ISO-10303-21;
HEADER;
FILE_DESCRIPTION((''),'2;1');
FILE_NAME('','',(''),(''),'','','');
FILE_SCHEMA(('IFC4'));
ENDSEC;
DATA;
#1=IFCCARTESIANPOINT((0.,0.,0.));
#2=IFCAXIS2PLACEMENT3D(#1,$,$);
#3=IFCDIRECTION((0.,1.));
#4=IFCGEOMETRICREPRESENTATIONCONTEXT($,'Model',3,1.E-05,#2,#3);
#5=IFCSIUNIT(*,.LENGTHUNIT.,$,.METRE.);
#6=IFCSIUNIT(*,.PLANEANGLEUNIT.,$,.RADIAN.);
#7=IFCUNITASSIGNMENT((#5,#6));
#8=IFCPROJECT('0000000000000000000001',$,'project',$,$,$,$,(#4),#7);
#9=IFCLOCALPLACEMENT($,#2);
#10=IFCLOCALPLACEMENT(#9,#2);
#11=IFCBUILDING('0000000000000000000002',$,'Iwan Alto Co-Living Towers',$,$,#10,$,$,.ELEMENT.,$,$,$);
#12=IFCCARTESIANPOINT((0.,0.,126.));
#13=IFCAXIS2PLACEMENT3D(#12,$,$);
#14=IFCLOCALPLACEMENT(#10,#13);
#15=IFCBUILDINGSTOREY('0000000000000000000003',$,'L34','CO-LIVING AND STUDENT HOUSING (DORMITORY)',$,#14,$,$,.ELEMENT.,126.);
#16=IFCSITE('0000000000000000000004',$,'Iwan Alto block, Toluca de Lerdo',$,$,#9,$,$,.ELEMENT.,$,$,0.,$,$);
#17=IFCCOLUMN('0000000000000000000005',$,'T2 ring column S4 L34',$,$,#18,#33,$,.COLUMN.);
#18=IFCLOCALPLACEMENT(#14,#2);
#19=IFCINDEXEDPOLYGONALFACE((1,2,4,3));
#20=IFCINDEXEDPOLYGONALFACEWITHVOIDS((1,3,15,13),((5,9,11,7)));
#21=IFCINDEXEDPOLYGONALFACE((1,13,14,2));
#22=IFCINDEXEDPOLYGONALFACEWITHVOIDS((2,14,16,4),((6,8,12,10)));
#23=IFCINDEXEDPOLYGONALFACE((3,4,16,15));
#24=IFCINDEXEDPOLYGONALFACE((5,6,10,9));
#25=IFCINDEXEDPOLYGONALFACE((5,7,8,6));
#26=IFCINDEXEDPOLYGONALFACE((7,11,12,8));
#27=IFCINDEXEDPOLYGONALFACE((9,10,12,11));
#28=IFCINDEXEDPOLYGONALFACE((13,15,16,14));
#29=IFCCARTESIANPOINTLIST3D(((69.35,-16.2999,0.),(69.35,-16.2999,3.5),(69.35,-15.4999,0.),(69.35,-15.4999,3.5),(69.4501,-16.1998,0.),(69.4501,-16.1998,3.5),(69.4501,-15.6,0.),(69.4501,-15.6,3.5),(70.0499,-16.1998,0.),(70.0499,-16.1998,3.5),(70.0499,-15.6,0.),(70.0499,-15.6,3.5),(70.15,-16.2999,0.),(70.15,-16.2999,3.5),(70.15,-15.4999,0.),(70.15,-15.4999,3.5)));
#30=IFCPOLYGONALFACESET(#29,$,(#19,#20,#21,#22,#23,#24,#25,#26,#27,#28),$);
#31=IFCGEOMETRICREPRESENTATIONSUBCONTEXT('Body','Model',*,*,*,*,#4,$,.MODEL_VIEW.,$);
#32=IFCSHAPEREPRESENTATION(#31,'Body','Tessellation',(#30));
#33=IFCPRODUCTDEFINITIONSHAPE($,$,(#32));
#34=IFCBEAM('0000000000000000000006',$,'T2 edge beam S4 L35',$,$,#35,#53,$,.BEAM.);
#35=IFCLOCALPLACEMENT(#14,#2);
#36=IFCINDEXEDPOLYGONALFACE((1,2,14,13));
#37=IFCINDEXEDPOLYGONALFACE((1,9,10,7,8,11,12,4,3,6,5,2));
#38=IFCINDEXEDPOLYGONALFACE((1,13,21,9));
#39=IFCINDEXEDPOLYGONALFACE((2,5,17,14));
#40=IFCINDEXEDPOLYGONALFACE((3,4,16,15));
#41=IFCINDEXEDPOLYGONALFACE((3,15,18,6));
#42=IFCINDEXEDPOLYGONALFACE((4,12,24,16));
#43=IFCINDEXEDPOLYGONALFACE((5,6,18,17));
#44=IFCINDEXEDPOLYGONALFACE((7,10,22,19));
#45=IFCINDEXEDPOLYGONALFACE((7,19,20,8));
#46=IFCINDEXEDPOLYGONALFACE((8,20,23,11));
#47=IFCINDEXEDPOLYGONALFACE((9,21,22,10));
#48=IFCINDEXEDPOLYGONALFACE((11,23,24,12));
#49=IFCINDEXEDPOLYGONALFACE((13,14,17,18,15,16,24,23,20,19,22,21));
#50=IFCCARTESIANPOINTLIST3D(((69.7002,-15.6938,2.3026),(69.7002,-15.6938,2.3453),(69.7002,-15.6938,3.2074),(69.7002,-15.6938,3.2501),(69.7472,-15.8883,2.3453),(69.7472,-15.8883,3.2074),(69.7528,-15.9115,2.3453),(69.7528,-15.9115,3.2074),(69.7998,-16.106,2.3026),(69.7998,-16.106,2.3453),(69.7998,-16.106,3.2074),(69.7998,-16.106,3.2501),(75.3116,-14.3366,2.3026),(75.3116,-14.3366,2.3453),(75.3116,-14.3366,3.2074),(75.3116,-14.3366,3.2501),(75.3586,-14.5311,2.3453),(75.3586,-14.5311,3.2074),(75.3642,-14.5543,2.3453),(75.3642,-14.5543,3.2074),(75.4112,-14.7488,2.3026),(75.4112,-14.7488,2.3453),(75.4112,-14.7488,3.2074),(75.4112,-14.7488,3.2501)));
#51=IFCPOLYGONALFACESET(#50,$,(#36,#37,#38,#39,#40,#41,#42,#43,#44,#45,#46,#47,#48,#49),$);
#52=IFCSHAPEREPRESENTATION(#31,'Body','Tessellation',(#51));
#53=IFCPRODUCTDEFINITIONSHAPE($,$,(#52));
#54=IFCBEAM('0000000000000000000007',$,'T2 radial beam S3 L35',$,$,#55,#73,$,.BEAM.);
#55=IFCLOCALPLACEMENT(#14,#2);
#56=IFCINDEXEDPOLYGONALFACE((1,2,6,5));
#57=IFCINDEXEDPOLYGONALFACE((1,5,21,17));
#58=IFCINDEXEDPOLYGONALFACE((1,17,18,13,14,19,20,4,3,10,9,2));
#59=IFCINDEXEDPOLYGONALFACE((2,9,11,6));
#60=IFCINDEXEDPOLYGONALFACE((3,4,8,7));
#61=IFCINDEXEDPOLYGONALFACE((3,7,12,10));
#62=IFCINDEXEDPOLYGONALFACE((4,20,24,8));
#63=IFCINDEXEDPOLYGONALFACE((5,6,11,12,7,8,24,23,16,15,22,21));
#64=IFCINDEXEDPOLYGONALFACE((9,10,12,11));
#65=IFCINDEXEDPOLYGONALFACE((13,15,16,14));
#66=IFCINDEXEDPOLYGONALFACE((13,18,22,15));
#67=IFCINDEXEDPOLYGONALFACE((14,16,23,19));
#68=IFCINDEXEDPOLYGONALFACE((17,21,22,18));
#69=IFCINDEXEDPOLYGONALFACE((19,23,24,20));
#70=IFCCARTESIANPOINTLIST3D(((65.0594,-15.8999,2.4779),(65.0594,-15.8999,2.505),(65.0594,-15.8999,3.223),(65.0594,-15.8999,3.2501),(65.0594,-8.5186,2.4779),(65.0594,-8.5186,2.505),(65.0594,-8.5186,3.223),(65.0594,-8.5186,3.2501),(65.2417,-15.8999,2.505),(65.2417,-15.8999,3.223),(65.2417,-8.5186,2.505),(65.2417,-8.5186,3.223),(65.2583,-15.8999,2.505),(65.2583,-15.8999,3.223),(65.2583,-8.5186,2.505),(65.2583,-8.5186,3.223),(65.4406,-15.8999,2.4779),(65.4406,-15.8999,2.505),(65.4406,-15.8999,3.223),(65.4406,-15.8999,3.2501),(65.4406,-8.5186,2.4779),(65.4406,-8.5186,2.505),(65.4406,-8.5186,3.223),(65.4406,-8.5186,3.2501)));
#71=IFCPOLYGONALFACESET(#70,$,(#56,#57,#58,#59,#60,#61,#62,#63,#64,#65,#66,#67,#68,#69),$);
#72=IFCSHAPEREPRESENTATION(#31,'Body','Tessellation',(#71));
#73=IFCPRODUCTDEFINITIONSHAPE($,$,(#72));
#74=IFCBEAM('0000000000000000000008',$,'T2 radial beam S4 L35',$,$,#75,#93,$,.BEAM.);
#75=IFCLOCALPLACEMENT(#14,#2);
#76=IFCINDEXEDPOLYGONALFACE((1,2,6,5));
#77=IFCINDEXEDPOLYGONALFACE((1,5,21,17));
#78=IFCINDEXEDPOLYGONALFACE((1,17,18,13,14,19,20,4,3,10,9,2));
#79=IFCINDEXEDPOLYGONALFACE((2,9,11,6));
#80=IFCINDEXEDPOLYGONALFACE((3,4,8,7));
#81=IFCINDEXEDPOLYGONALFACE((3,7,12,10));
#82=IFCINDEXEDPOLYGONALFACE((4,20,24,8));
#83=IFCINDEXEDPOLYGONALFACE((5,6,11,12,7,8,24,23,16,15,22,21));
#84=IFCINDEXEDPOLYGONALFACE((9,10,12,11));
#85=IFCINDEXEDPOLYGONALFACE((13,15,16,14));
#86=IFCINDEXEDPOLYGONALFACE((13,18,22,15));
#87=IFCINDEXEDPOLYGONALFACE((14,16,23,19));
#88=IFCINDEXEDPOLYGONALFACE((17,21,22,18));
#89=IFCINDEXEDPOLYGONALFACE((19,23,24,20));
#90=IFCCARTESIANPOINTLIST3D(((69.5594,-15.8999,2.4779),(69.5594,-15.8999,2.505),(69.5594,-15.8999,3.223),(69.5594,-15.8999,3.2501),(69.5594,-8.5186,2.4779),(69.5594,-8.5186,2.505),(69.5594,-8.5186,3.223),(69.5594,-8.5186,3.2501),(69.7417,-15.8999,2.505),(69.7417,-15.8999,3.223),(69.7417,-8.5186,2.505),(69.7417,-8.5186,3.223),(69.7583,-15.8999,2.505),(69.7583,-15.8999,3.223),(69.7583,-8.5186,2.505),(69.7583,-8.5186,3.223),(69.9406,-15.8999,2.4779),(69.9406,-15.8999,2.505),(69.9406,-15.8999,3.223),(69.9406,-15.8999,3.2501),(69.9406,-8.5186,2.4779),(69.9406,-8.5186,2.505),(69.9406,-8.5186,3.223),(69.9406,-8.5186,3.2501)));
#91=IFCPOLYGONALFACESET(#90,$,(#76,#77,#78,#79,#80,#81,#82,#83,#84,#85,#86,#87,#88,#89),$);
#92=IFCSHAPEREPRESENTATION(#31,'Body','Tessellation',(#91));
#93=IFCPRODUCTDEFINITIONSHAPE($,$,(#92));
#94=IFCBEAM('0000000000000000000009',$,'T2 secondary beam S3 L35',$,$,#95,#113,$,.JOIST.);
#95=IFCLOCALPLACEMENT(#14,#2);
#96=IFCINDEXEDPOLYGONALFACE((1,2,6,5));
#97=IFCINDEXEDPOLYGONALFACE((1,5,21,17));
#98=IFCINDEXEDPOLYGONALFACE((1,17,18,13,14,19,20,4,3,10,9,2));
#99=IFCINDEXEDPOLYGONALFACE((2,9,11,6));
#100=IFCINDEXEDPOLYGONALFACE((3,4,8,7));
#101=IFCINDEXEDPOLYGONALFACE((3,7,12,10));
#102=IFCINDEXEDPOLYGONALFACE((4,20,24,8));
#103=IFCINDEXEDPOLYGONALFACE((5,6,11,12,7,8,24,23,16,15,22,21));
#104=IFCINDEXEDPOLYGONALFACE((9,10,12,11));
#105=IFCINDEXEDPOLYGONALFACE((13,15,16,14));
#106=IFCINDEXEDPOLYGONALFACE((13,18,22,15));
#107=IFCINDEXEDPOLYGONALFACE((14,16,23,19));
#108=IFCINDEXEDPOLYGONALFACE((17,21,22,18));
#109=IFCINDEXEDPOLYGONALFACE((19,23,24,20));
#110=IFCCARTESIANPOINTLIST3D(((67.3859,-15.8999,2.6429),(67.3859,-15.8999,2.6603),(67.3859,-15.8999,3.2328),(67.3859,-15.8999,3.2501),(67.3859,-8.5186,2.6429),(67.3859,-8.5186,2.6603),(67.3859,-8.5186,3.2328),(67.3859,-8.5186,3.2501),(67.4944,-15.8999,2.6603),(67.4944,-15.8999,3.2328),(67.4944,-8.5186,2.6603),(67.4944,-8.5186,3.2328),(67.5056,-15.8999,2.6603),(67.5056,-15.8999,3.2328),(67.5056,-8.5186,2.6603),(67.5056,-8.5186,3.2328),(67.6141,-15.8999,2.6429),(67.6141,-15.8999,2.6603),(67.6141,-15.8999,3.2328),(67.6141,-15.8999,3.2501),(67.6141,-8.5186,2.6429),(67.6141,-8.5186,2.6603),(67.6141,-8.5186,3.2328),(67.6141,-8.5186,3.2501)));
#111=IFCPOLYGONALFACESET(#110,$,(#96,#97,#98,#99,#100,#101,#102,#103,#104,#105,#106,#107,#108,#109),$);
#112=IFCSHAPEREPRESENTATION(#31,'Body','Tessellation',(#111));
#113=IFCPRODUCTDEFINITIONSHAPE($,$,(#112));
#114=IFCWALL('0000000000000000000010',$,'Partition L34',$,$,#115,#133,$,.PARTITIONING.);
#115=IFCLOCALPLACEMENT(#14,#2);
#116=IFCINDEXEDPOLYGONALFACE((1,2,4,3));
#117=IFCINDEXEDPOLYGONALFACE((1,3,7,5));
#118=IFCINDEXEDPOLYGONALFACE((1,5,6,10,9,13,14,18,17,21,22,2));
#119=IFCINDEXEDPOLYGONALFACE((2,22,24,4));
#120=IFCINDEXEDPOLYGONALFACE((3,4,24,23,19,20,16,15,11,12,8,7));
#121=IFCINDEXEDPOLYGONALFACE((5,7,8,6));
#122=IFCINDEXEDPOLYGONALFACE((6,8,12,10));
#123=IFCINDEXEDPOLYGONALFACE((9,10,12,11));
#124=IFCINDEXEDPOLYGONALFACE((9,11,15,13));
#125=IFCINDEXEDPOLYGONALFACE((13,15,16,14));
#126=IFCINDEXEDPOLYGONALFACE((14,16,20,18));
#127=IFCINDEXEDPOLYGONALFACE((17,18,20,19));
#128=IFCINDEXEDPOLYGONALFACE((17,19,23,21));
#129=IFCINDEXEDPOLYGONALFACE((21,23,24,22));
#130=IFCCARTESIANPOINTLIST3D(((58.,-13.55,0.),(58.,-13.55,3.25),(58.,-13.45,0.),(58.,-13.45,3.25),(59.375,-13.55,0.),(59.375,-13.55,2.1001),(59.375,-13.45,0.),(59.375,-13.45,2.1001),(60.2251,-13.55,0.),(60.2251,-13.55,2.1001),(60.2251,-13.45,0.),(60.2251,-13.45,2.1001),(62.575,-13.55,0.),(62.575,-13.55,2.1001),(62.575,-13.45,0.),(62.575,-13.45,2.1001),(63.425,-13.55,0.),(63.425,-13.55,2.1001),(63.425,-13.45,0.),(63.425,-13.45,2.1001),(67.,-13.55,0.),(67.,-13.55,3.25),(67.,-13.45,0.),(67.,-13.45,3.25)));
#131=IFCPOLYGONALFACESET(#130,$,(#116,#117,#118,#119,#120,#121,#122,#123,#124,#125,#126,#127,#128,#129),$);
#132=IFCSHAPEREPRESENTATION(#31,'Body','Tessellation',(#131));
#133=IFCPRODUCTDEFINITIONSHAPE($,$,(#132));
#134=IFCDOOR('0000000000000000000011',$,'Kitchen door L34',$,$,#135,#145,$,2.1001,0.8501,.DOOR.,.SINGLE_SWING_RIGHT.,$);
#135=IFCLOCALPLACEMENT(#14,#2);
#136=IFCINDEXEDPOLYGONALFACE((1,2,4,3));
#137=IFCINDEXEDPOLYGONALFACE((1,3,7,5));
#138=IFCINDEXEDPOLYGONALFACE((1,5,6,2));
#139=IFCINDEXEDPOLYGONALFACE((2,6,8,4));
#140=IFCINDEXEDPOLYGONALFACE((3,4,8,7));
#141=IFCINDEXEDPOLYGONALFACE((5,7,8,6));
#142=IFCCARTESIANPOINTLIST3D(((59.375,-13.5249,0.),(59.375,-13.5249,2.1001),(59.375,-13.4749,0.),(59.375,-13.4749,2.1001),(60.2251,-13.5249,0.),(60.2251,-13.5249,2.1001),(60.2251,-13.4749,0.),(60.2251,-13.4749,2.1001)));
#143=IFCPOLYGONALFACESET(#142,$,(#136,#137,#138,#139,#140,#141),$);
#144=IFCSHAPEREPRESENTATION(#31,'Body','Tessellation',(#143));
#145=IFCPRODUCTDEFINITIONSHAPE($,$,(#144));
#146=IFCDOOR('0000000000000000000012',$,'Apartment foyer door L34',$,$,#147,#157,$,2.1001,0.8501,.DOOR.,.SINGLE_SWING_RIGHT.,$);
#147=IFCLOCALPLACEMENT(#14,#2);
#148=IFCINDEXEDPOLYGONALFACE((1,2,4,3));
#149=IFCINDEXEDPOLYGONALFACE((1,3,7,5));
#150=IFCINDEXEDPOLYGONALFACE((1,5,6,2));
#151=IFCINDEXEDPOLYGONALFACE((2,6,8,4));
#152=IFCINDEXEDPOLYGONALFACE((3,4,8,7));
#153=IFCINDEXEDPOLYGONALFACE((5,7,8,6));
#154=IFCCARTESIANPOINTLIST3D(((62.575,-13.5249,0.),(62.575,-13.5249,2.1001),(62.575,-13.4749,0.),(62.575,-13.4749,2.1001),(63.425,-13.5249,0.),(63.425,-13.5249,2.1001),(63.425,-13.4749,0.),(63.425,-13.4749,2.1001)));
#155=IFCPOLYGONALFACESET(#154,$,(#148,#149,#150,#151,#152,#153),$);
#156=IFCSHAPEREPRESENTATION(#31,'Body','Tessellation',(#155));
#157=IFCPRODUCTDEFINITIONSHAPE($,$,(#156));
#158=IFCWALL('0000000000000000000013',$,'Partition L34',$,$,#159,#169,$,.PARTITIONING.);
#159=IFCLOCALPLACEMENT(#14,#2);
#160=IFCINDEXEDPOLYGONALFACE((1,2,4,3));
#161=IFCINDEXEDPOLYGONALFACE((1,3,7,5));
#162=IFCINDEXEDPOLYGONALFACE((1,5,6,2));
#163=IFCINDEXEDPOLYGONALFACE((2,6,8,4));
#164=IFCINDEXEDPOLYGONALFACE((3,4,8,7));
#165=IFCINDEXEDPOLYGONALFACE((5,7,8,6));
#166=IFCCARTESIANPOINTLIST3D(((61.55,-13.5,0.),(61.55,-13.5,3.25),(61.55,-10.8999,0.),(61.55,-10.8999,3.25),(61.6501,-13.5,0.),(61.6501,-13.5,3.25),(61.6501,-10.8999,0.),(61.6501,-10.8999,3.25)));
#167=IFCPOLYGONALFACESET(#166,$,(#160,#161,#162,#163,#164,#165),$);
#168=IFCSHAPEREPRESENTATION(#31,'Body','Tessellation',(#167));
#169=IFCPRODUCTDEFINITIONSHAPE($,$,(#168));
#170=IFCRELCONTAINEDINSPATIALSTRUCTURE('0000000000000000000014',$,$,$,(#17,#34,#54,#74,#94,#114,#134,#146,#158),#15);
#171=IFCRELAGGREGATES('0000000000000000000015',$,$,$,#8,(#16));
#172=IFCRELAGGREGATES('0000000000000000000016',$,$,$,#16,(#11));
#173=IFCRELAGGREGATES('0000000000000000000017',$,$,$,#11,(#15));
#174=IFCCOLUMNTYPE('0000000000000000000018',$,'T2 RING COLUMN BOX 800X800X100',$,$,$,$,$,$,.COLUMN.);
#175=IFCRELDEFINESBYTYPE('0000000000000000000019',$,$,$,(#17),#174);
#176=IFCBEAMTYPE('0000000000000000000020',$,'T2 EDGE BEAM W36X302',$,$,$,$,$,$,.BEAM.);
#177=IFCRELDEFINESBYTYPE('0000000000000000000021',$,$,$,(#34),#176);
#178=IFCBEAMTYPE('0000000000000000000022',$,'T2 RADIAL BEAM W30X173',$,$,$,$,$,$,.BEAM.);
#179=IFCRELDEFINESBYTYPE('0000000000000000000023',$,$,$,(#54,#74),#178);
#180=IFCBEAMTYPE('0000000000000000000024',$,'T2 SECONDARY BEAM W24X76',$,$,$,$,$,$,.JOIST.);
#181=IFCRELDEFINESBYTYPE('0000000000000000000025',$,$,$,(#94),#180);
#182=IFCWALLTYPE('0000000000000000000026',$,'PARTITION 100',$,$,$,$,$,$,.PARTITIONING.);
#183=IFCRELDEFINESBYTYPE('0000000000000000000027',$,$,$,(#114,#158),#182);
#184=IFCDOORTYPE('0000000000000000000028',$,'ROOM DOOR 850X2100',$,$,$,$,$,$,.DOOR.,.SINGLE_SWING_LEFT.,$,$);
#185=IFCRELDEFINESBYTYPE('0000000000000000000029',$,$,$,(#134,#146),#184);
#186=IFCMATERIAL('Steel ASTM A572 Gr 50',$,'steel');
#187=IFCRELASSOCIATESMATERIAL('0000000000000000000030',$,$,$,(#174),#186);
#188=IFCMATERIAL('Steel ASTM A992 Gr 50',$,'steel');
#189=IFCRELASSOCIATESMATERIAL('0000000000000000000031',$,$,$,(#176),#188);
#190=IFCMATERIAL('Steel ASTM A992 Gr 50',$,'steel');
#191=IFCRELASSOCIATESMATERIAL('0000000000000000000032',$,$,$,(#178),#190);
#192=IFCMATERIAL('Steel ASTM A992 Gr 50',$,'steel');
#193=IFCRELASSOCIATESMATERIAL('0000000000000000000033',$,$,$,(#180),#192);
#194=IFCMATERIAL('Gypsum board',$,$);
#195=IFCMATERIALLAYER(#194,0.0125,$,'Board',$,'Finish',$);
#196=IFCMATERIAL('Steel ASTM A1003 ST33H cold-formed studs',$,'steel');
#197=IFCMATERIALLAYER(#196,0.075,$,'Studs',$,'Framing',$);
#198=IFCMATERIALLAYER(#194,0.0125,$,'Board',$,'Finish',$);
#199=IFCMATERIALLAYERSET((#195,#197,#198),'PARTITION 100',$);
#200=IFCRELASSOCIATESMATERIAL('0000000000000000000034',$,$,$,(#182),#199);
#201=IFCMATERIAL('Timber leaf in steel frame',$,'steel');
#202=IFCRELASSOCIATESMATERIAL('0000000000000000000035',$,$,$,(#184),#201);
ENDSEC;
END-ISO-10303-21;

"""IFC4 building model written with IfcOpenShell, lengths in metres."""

from ifc_helpers import new_model, si_unit, direction, frame, frame_2d, origin, origin_2d, place, context, subcontext, project, spatial, rectangle, hollow_rectangle, i_section, extrude, material, layer, layer_set, material_profile, profile_set, type_object, element, fill, save


model = new_model("IFC4")

# Units and contexts
model_context = context("Model", 3, precision=1e-05, world=origin(), true_north=direction((0.0, 1.0)))
body_context = subcontext(model_context, "Body", "Model", "MODEL_VIEW")
ifc_project = project(units=[si_unit("LENGTHUNIT", "METRE"), si_unit("PLANEANGLEUNIT", "RADIAN")], contexts=[model_context])

# Site, building, storey
site_placement = place(None, origin())
site = spatial("IfcSite", under=ifc_project, at=site_placement, Name="Iwan Alto block, Toluca de Lerdo", CompositionType="ELEMENT", RefElevation=0.0)
building_placement = place(site_placement, origin())
building = spatial("IfcBuilding", under=site, at=building_placement, Name="Iwan Alto Co-Living Towers", CompositionType="ELEMENT")
storey_placement = place(building_placement, frame((0.0, 0.0, 126.0)))
storey = spatial("IfcBuildingStorey", under=building, at=storey_placement, Name="L34", Description="CO-LIVING AND STUDENT HOUSING (DORMITORY)", CompositionType="ELEMENT", Elevation=126.0)

# Column
ifc_material_1 = material(Name="Steel ASTM A572 Gr 50", Category="steel")
ifc_material_profile_1 = material_profile(ifc_material_1, hollow_rectangle(XDim=0.8, YDim=0.8, WallThickness=0.1001, at=origin_2d()), Name="BOX 800X800X100")
ifc_profile_set_1 = profile_set([ifc_material_profile_1], Name="Steel ASTM A572 Gr 50")
column_type = type_object("IfcColumnType", Name="T2 RING COLUMN BOX 800X800X100", PredefinedType="COLUMN", material=ifc_profile_set_1)
column_placement = place(storey_placement, frame((69.75, -15.8999, 0.0), z_axis=(0.0, 0.0, 1.0), x_axis=(1.0, 0.0, 0.0)))
element("IfcColumn", 1, at=column_placement, inside=storey, type_object=column_type, Name="T2 ring column S4 L34", PredefinedType="COLUMN", context=body_context, shape_type="SweptSolid", body=[
    extrude(hollow_rectangle(XDim=0.8, YDim=0.8, WallThickness=0.1001, at=origin_2d()), origin(), (0.0, 0.0, 1.0), 3.5),
])

# Beams
ifc_material_2 = material(Name="Steel ASTM A992 Gr 50", Category="steel")
ifc_material_profile_2 = material_profile(ifc_material_2, i_section(OverallWidth=0.4241, OverallDepth=0.9475, WebThickness=0.0239, FlangeThickness=0.0427, at=origin_2d()), Name="W36X302")
ifc_profile_set_2 = profile_set([ifc_material_profile_2], Name="Steel ASTM A992 Gr 50")
beam_type_1 = type_object("IfcBeamType", Name="T2 EDGE BEAM W36X302", PredefinedType="BEAM", material=ifc_profile_set_2)
beam_1_placement = place(storey_placement, frame((69.75, -15.8999, 2.7764), z_axis=(0.971975, 0.235086, 0.0), x_axis=(-0.235086, 0.971975, 0.0)))
element("IfcBeam", 2, at=beam_1_placement, inside=storey, type_object=beam_type_1, Name="T2 edge beam S4 L35", PredefinedType="BEAM", context=body_context, shape_type="SweptSolid", body=[
    extrude(i_section(OverallWidth=0.4241, OverallDepth=0.9475, WebThickness=0.0239, FlangeThickness=0.0427, at=origin_2d()), origin(), (0.0, 0.0, 1.0), 5.7732),
])
ifc_material_3 = material(Name="Steel ASTM A992 Gr 50", Category="steel")
ifc_material_profile_3 = material_profile(ifc_material_3, i_section(OverallWidth=0.3811, OverallDepth=0.7722, WebThickness=0.0166, FlangeThickness=0.0271, at=origin_2d()), Name="W30X173")
ifc_profile_set_3 = profile_set([ifc_material_profile_3], Name="Steel ASTM A992 Gr 50")
beam_type_2 = type_object("IfcBeamType", Name="T2 RADIAL BEAM W30X173", PredefinedType="BEAM", material=ifc_profile_set_3)
for number, where, z_axis, x_axis, name in (
    (3, (65.25, -15.8999, 2.864), (0.0, 1.0, 0.0), (-1.0, 0.0, 0.0), "T2 radial beam S3 L35"),
    (4, (69.75, -15.8999, 2.864), (0.0, 1.0, 0.0), (-1.0, 0.0, 0.0), "T2 radial beam S4 L35"),
):
    element("IfcBeam", number, at=place(storey_placement, frame(where, z_axis=z_axis, x_axis=x_axis)), inside=storey, type_object=beam_type_2, Name=name, PredefinedType="BEAM", context=body_context, shape_type="SweptSolid", body=[
        extrude(i_section(OverallWidth=0.3811, OverallDepth=0.7722, WebThickness=0.0166, FlangeThickness=0.0271, at=origin_2d()), origin(), (0.0, 0.0, 1.0), 7.3813),
    ])
ifc_material_4 = material(Name="Steel ASTM A992 Gr 50", Category="steel")
ifc_material_profile_4 = material_profile(ifc_material_4, i_section(OverallWidth=0.2283, OverallDepth=0.6072, WebThickness=0.0112, FlangeThickness=0.0173, at=origin_2d()), Name="W24X76")
ifc_profile_set_4 = profile_set([ifc_material_profile_4], Name="Steel ASTM A992 Gr 50")
beam_type_3 = type_object("IfcBeamType", Name="T2 SECONDARY BEAM W24X76", PredefinedType="JOIST", material=ifc_profile_set_4)
beam_2_placement = place(storey_placement, frame((67.5, -15.8999, 2.9465), z_axis=(0.0, 1.0, 0.0), x_axis=(-1.0, 0.0, 0.0)))
element("IfcBeam", 5, at=beam_2_placement, inside=storey, type_object=beam_type_3, Name="T2 secondary beam S3 L35", PredefinedType="JOIST", context=body_context, shape_type="SweptSolid", body=[
    extrude(i_section(OverallWidth=0.2283, OverallDepth=0.6072, WebThickness=0.0112, FlangeThickness=0.0173, at=origin_2d()), origin(), (0.0, 0.0, 1.0), 7.3813),
])

# Wall, openings, doors
ifc_material_5 = material(Name="Gypsum board")
ifc_layer_1 = layer(ifc_material_5, 0.0125, Name="Board", Category="Finish")
ifc_material_6 = material(Name="Steel ASTM A1003 ST33H cold-formed studs", Category="steel")
ifc_layer_2 = layer(ifc_material_6, 0.075, Name="Studs", Category="Framing")
ifc_layer_3 = layer(ifc_material_5, 0.0125, Name="Board", Category="Finish")
ifc_layer_set_1 = layer_set([ifc_layer_1, ifc_layer_2, ifc_layer_3], Name="PARTITION 100")
wall_type_1 = type_object("IfcWallType", Name="PARTITION 100", PredefinedType="PARTITIONING", material=ifc_layer_set_1)
wall_1_placement = place(storey_placement, frame((58.0, -13.5, 0.0), z_axis=(0.0, 0.0, 1.0), x_axis=(1.0, 0.0, 0.0)))
wall_1 = element("IfcWall", 6, at=wall_1_placement, inside=storey, type_object=wall_type_1, Name="Partition L34", PredefinedType="PARTITIONING", context=body_context, shape_type="SweptSolid", body=[
    extrude(rectangle(XDim=9.0, YDim=0.1001, at=frame_2d((4.5, 0.0))), origin(), (0.0, 0.0, 1.0), 3.25),
])
opening_1_placement = place(wall_1_placement, frame((1.375, 0.0, 0.0)))
opening_1 = element("IfcOpeningElement", 7, at=opening_1_placement, cuts=wall_1, PredefinedType="OPENING", context=body_context, shape_type="SweptSolid", body=[
    extrude(rectangle(XDim=0.8501, YDim=2.1001, at=frame_2d((0.425, 1.05))), frame((0.0, 0.0601, 0.0), z_axis=(0.0, -1.0, 0.0), x_axis=(1.0, 0.0, 0.0)), (0.0, 0.0, 1.0), 0.1201),
])
opening_2_placement = place(wall_1_placement, frame((4.575, 0.0, 0.0)))
opening_2 = element("IfcOpeningElement", 8, at=opening_2_placement, cuts=wall_1, PredefinedType="OPENING", context=body_context, shape_type="SweptSolid", body=[
    extrude(rectangle(XDim=0.8501, YDim=2.1001, at=frame_2d((0.425, 1.05))), frame((0.0, 0.0601, 0.0), z_axis=(0.0, -1.0, 0.0), x_axis=(1.0, 0.0, 0.0)), (0.0, 0.0, 1.0), 0.1201),
])
ifc_material_7 = material(Name="Timber leaf in steel frame", Category="steel")
door_type_1 = type_object("IfcDoorType", Name="ROOM DOOR 850X2100", OperationType="SINGLE_SWING_LEFT", PredefinedType="DOOR", material=ifc_material_7)
door_1_placement = place(opening_1_placement, frame((0.8501, 0.0, 0.0), z_axis=(0.0, 0.0, 1.0), x_axis=(-1.0, 0.0, 0.0)))
door_1 = element("IfcDoor", 9, at=door_1_placement, inside=storey, type_object=door_type_1, Name="Kitchen door L34", OperationType="SINGLE_SWING_RIGHT", OverallHeight=2.1001, OverallWidth=0.8501, PredefinedType="DOOR", context=body_context, shape_type="SweptSolid", body=[
    extrude(rectangle(XDim=0.8501, YDim=2.1001, at=frame_2d((0.425, 1.05))), frame((0.0, 0.0249, 0.0), z_axis=(0.0, -1.0, 0.0), x_axis=(1.0, 0.0, 0.0)), (0.0, 0.0, 1.0), 0.05),
])
fill(opening_1, door_1)
door_2_placement = place(opening_2_placement, frame((0.8501, 0.0, 0.0), z_axis=(0.0, 0.0, 1.0), x_axis=(-1.0, 0.0, 0.0)))
door_2 = element("IfcDoor", 10, at=door_2_placement, inside=storey, type_object=door_type_1, Name="Apartment foyer door L34", OperationType="SINGLE_SWING_RIGHT", OverallHeight=2.1001, OverallWidth=0.8501, PredefinedType="DOOR", context=body_context, shape_type="SweptSolid", body=[
    extrude(rectangle(XDim=0.8501, YDim=2.1001, at=frame_2d((0.425, 1.05))), frame((0.0, 0.0249, 0.0), z_axis=(0.0, -1.0, 0.0), x_axis=(1.0, 0.0, 0.0)), (0.0, 0.0, 1.0), 0.05),
])
fill(opening_2, door_2)

# Wall
for number, where, z_axis, x_axis, name in (
    (11, (61.6001, -13.5, 0.0), (0.0, 0.0, 1.0), (0.0, 1.0, 0.0), "Partition L34"),
):
    element("IfcWall", number, at=place(storey_placement, frame(where, z_axis=z_axis, x_axis=x_axis)), inside=storey, type_object=wall_type_1, Name=name, PredefinedType="PARTITIONING", context=body_context, shape_type="SweptSolid", body=[
        extrude(rectangle(XDim=2.6001, YDim=0.1001, at=frame_2d((1.3, 0.0))), origin(), (0.0, 0.0, 1.0), 3.25),
    ])

save(model, "model.ifc")
